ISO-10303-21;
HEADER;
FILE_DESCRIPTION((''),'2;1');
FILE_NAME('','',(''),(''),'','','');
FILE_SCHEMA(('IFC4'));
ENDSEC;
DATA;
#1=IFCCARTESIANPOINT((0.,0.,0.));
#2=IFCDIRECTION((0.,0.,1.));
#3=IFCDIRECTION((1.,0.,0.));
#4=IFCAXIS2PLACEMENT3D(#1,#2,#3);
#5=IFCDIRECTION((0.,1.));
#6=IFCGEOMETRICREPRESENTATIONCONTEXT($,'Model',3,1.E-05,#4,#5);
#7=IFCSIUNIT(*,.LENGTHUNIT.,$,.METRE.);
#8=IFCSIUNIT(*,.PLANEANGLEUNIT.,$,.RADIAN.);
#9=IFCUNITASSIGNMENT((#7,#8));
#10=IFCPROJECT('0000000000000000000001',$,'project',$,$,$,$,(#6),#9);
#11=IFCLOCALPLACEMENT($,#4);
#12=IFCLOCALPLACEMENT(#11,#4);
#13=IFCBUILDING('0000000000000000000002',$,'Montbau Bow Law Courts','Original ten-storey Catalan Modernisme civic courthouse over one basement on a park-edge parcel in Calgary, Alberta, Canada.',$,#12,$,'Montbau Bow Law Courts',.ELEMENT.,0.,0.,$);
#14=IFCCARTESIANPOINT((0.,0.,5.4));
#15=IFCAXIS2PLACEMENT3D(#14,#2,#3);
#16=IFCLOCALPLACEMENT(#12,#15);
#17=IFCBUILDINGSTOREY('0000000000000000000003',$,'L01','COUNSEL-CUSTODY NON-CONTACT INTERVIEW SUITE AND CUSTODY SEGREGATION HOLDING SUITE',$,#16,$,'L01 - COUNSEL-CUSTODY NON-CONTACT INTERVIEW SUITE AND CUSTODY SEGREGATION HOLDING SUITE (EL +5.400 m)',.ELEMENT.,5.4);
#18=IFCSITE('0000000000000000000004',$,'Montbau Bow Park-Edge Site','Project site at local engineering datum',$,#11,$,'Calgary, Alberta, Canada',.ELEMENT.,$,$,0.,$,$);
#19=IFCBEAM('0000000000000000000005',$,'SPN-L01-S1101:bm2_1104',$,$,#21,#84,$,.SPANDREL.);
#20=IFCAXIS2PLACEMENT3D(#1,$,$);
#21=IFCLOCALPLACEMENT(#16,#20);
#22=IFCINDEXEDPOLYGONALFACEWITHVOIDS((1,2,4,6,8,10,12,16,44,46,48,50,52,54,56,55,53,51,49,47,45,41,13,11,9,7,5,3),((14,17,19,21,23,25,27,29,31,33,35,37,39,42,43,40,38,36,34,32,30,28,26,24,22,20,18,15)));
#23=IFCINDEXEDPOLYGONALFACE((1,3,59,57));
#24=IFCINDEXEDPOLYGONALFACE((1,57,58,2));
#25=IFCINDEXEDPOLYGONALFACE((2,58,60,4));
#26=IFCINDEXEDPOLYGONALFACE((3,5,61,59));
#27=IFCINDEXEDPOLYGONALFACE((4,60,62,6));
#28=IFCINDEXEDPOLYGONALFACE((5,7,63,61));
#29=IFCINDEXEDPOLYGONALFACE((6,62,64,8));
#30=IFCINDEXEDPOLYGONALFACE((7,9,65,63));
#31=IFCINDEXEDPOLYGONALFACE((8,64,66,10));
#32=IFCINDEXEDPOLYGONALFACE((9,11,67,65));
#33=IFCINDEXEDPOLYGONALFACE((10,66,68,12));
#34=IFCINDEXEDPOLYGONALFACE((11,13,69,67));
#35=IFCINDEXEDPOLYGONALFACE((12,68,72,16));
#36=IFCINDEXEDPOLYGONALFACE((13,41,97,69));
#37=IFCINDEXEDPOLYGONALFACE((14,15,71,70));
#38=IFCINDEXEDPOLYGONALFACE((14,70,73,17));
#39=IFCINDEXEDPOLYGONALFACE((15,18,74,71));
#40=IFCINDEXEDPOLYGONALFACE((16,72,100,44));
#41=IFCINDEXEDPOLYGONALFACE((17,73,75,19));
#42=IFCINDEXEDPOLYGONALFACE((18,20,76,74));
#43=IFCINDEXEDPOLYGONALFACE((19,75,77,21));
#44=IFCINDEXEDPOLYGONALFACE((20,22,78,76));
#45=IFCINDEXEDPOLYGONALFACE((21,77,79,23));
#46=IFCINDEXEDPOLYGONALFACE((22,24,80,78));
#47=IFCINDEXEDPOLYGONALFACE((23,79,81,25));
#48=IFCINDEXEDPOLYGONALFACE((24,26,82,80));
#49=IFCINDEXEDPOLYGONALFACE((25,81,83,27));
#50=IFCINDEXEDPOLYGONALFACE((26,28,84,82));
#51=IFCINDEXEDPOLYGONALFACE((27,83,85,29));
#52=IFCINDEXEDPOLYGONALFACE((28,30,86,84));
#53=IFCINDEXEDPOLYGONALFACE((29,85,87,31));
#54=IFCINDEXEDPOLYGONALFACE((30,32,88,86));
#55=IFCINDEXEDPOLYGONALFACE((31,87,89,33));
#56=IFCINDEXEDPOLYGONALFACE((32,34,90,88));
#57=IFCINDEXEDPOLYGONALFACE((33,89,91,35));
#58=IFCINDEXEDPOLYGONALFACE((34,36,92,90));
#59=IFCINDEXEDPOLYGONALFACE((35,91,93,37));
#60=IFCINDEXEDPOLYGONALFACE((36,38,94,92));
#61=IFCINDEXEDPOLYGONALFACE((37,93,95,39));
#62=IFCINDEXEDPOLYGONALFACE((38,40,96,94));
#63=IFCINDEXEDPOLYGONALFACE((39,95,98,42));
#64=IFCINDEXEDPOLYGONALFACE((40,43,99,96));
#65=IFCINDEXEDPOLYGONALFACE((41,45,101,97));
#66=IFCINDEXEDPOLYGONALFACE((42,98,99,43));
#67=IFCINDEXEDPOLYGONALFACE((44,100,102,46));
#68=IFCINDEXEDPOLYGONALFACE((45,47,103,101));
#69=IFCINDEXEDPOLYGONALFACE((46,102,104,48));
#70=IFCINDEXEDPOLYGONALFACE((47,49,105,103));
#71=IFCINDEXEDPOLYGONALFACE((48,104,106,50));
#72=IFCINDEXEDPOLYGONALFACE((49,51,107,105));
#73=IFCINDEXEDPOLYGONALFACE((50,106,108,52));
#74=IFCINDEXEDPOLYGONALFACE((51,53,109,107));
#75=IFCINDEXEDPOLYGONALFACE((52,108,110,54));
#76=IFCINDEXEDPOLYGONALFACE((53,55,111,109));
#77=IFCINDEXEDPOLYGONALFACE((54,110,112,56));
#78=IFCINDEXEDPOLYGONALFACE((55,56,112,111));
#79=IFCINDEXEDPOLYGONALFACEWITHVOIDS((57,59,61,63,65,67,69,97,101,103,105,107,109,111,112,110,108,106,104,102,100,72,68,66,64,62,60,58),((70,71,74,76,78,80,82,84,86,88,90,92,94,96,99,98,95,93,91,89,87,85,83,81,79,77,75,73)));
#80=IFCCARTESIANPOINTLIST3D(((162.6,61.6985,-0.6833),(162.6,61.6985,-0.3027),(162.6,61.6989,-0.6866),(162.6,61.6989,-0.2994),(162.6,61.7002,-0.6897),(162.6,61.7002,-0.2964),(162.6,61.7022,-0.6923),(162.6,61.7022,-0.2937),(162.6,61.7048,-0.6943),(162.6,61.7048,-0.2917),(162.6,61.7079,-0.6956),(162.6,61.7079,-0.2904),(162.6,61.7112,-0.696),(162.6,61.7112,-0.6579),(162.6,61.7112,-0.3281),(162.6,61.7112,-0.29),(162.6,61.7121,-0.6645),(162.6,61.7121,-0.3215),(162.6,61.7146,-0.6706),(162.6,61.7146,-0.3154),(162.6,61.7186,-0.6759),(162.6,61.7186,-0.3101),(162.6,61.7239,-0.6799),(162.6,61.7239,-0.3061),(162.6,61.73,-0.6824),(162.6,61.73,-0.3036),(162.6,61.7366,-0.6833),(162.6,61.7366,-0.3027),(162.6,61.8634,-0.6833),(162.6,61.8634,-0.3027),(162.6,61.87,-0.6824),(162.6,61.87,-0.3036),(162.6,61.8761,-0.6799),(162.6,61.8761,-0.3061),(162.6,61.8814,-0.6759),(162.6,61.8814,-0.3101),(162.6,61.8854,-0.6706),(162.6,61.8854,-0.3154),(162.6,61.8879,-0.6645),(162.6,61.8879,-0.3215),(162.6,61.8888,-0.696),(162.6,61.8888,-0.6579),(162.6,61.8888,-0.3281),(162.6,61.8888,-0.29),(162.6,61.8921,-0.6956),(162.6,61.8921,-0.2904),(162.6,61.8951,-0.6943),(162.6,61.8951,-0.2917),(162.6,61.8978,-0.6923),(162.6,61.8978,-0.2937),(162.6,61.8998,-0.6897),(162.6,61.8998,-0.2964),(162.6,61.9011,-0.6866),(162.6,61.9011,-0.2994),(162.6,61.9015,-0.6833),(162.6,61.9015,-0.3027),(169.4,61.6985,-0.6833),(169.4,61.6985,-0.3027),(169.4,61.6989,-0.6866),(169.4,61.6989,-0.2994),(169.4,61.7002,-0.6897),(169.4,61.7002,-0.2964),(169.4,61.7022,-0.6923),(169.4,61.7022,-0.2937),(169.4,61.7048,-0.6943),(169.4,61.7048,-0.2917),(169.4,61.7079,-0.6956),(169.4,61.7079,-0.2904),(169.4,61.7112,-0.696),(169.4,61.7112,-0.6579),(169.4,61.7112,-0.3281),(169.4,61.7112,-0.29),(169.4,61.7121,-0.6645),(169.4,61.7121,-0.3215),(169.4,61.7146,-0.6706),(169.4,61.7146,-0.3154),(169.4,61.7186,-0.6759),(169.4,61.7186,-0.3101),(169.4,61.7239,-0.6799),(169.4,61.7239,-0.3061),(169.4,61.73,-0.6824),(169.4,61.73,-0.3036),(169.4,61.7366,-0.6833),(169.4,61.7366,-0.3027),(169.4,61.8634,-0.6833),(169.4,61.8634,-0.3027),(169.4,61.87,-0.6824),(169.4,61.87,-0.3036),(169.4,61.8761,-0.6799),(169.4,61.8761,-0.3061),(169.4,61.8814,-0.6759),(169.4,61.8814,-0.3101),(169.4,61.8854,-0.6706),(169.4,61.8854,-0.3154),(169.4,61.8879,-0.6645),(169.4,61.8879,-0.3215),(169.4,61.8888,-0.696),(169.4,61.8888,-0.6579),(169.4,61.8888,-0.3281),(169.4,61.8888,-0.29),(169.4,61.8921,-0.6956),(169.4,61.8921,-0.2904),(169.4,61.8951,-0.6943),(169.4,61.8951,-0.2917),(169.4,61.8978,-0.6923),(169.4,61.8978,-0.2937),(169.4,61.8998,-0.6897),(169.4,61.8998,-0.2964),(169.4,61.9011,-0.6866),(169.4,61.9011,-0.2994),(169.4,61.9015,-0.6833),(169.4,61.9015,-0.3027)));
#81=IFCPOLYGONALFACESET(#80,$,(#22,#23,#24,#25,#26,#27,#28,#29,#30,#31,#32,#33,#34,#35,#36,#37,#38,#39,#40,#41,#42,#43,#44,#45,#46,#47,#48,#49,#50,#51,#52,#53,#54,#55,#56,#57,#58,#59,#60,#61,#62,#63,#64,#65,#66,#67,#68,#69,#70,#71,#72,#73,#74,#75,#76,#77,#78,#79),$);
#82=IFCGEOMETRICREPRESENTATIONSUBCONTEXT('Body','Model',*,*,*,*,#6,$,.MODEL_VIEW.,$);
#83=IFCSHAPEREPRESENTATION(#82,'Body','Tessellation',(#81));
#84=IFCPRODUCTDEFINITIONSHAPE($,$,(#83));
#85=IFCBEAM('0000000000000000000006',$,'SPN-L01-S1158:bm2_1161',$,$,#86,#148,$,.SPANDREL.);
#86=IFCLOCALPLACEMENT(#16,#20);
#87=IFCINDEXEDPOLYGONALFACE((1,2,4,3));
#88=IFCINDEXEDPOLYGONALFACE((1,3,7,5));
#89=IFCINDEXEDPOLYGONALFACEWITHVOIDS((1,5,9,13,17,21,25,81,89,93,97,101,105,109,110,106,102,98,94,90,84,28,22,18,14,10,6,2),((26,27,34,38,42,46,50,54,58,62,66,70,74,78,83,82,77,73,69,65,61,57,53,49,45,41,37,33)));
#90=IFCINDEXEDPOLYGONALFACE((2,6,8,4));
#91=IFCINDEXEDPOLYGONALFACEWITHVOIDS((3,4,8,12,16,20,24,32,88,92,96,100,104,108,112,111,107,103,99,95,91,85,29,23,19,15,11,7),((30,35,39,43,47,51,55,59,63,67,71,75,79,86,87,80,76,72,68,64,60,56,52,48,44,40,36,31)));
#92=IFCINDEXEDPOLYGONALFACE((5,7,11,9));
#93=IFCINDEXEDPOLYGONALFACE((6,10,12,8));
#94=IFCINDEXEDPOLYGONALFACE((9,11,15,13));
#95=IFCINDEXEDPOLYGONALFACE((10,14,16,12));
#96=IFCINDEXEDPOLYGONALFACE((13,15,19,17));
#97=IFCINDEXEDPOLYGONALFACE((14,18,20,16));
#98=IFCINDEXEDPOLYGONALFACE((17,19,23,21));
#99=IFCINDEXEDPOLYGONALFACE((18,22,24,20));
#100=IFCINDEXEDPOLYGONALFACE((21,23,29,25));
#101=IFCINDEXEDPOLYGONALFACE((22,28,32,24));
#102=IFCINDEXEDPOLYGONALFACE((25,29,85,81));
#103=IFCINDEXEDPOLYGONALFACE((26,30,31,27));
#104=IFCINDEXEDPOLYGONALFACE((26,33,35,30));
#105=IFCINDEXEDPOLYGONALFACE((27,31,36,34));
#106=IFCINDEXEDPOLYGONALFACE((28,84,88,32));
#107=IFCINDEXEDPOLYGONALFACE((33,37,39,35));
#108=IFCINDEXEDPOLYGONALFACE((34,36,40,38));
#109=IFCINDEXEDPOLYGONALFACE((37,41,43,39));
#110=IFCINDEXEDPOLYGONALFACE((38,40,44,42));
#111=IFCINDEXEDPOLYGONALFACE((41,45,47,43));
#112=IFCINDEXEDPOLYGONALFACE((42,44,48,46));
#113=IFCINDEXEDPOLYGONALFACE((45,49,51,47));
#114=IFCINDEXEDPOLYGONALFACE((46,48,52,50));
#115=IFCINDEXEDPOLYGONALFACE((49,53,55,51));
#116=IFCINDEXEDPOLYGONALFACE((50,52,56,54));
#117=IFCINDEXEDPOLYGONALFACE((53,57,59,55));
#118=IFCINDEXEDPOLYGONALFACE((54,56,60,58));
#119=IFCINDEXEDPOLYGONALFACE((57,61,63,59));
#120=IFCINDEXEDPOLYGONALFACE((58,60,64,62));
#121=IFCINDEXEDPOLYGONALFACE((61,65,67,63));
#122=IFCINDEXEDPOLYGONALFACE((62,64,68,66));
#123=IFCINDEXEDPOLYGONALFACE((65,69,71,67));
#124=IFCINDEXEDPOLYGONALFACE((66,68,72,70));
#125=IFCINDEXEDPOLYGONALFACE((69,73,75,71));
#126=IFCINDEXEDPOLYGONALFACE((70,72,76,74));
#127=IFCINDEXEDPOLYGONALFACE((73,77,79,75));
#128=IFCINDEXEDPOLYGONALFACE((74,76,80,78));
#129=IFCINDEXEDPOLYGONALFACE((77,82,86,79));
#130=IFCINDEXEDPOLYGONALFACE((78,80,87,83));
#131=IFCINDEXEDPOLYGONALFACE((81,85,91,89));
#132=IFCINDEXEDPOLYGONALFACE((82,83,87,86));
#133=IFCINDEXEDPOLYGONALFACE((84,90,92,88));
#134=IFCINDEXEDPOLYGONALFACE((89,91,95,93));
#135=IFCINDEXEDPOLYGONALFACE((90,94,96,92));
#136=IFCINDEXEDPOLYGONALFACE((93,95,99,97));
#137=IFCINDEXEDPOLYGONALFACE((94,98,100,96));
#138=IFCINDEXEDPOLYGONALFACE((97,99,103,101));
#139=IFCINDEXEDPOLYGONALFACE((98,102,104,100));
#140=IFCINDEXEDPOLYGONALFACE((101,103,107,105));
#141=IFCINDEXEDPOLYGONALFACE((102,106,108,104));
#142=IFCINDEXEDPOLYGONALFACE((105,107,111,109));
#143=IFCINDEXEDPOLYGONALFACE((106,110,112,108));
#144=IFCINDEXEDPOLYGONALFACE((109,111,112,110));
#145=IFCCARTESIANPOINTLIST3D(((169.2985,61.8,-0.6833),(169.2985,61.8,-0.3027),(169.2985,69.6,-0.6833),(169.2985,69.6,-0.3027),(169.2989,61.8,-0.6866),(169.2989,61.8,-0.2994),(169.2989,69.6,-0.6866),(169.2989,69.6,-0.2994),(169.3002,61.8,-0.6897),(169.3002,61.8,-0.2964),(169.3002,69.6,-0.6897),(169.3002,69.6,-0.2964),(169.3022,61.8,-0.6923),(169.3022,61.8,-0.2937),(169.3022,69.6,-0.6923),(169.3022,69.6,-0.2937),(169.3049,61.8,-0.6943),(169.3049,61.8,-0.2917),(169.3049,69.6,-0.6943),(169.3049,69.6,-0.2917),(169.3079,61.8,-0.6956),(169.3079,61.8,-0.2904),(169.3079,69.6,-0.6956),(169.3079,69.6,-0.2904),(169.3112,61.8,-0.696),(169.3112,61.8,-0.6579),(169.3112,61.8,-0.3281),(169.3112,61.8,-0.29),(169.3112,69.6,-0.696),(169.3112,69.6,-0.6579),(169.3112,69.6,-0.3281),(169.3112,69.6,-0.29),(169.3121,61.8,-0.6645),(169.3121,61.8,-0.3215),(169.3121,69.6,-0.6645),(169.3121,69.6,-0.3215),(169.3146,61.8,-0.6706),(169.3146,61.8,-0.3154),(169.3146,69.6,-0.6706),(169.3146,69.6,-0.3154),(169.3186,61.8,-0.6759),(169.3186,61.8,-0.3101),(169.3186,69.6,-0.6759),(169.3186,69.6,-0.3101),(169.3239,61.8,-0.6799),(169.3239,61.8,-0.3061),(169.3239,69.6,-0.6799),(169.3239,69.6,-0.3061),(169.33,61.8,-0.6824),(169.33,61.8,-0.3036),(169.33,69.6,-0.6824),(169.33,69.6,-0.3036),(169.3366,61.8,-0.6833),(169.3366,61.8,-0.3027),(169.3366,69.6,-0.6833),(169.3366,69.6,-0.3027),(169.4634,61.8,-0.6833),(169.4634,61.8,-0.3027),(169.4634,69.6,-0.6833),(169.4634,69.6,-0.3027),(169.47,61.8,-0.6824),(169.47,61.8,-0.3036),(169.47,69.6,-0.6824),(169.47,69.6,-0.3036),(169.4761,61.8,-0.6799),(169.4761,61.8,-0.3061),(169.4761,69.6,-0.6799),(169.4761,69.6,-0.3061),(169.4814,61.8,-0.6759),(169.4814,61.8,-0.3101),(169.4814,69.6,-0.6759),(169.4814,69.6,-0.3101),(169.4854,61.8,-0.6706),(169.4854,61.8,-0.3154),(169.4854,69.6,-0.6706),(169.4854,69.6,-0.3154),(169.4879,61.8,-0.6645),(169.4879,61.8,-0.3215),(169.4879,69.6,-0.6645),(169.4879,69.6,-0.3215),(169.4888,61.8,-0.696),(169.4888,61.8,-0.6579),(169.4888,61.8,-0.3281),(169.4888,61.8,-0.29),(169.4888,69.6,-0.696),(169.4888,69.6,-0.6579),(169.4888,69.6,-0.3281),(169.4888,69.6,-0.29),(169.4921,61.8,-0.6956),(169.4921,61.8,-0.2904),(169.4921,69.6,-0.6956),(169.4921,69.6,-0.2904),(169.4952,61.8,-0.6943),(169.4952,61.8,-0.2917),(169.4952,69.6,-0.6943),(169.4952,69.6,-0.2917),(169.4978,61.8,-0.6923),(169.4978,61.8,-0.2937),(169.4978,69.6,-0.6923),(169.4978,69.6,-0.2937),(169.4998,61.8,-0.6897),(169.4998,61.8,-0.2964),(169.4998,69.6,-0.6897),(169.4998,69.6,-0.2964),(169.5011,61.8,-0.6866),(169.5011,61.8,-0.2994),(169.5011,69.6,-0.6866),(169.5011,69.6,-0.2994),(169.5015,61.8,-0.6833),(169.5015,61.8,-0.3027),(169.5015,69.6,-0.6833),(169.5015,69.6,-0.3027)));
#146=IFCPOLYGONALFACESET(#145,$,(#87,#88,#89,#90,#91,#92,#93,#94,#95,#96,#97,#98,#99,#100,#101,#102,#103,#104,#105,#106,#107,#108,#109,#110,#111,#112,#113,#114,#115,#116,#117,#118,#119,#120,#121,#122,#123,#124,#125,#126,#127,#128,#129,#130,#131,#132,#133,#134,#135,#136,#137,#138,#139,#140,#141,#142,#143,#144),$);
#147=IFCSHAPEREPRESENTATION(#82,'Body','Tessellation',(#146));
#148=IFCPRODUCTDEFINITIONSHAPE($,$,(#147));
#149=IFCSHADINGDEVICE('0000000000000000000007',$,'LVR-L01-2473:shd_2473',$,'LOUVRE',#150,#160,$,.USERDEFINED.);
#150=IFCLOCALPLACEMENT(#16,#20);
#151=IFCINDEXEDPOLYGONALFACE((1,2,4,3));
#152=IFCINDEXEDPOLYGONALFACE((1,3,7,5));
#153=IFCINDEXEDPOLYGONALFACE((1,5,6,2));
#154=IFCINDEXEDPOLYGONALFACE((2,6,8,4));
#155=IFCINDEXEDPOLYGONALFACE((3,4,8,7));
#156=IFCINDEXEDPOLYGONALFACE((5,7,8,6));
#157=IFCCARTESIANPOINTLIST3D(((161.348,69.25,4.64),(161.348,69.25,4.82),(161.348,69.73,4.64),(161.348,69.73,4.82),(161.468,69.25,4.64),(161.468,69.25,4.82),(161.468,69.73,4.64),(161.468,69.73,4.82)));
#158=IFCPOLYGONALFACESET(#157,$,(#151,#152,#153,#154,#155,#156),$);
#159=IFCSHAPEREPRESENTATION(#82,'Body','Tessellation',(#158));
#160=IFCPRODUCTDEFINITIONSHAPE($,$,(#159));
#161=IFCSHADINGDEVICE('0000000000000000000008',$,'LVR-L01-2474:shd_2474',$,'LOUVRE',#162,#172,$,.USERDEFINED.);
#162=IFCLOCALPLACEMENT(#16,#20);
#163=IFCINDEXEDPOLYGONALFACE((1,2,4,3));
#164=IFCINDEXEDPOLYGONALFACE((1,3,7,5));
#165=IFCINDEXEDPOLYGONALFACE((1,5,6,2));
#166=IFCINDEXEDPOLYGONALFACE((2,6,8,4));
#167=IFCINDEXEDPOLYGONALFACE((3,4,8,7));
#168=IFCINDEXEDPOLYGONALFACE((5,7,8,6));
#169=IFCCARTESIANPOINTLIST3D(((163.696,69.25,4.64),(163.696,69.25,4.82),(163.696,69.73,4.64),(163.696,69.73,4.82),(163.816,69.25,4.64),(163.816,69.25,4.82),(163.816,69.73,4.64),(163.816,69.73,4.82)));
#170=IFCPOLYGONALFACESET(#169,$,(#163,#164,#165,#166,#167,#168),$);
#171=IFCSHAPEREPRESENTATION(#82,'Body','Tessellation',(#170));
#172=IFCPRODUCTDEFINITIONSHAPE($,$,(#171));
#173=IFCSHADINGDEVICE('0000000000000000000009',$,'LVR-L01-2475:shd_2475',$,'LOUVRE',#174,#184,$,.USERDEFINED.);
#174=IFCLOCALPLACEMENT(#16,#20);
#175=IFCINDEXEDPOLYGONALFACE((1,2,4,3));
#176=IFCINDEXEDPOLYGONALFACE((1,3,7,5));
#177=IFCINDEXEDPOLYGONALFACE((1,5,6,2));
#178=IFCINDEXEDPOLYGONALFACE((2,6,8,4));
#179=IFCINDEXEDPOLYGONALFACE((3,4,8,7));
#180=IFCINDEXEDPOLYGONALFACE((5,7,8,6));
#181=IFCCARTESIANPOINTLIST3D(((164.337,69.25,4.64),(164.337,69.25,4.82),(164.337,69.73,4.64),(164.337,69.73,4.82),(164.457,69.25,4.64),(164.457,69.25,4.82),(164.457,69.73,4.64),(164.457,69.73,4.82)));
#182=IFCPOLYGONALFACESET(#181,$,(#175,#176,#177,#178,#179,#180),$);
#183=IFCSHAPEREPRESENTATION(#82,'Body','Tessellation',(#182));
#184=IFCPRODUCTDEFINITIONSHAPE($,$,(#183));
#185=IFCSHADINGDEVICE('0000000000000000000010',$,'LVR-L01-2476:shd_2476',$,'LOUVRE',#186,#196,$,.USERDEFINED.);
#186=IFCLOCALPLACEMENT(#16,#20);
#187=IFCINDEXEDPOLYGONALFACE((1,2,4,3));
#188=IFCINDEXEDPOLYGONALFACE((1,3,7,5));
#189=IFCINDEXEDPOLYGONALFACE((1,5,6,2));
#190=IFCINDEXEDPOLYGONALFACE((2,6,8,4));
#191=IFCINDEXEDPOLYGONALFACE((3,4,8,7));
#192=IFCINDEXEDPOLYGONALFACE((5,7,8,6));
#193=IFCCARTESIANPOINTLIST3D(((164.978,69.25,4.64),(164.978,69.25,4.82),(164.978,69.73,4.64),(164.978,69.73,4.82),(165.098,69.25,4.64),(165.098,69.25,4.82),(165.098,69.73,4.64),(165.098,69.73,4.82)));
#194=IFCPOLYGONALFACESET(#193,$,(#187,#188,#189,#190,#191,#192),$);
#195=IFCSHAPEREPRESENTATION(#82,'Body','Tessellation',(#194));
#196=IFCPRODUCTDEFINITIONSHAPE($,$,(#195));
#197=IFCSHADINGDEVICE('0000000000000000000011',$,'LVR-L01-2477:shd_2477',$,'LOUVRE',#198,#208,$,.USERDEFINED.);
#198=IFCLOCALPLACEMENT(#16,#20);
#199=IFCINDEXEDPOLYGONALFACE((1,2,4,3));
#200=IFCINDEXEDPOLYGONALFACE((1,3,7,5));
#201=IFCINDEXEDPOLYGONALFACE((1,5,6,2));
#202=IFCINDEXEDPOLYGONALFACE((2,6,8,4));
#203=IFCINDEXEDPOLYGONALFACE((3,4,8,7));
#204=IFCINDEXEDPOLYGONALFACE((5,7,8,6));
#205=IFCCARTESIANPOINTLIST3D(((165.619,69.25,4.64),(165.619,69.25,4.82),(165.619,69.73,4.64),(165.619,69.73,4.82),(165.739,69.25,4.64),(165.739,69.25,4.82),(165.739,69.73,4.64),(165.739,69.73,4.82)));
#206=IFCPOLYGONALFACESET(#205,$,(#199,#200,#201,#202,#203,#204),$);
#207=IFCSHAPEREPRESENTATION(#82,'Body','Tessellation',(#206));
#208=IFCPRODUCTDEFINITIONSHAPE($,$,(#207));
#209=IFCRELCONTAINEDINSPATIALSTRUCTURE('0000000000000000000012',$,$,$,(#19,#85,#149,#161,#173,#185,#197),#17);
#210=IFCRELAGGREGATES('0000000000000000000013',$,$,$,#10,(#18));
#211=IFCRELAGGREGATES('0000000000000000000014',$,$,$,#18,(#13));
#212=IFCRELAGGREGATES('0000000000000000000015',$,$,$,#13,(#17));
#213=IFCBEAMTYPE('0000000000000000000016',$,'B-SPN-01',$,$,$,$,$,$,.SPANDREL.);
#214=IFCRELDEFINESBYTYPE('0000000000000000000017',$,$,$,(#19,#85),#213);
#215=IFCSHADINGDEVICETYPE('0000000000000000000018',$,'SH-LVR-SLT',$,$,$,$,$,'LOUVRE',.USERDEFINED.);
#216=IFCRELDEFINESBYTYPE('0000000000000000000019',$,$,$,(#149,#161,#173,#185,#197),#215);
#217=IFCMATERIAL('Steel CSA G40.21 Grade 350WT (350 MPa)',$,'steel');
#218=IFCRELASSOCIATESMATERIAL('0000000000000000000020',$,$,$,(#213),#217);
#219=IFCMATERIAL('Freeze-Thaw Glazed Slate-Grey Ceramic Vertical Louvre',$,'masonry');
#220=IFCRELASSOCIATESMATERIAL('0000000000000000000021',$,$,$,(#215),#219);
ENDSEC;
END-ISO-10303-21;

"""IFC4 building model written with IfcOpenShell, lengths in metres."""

from ifc_helpers import new_model, si_unit, direction, frame, origin_with_axes, origin_2d_with_axis, place, context, subcontext, project, spatial, rectangle, hollow_rectangle, extrude, material, material_profile, profile_set, type_object, element, save


model = new_model("IFC4")

# Units and contexts
model_context = context("Model", 3, precision=1e-05, world=origin_with_axes(), true_north=direction((0.0, 1.0)))
body_context = subcontext(model_context, "Body", "Model", "MODEL_VIEW")
ifc_project = project(units=[si_unit("LENGTHUNIT", "METRE"), si_unit("PLANEANGLEUNIT", "RADIAN")], contexts=[model_context])

# Site, building, storey
site_placement = place(None, origin_with_axes())
site = spatial("IfcSite", under=ifc_project, at=site_placement, Name="Montbau Bow Park-Edge Site", Description="Project site at local engineering datum", LongName="Calgary, Alberta, Canada", CompositionType="ELEMENT", RefElevation=0.0)
building_placement = place(site_placement, origin_with_axes())
building = spatial("IfcBuilding", under=site, at=building_placement, Name="Montbau Bow Law Courts", Description="Original ten-storey Catalan Modernisme civic courthouse over one basement on a park-edge parcel in Calgary, Alberta, Canada.", LongName="Montbau Bow Law Courts", CompositionType="ELEMENT", ElevationOfRefHeight=0.0, ElevationOfTerrain=0.0)
storey_placement = place(building_placement, frame((0.0, 0.0, 5.4), z_axis=(0.0, 0.0, 1.0), x_axis=(1.0, 0.0, 0.0)))
storey = spatial("IfcBuildingStorey", under=building, at=storey_placement, Name="L01", Description="COUNSEL-CUSTODY NON-CONTACT INTERVIEW SUITE AND CUSTODY SEGREGATION HOLDING SUITE", LongName="L01 - COUNSEL-CUSTODY NON-CONTACT INTERVIEW SUITE AND CUSTODY SEGREGATION HOLDING SUITE (EL +5.400 m)", CompositionType="ELEMENT", Elevation=5.4)

# Beams
ifc_material_1 = material(Name="Steel CSA G40.21 Grade 350WT (350 MPa)", Category="steel")
ifc_material_profile_1 = material_profile(ifc_material_1, hollow_rectangle(XDim=0.203, YDim=0.406, WallThickness=0.0127, InnerFilletRadius=0.0254, OuterFilletRadius=0.0127, at=origin_2d_with_axis()), Name="HSS406X203X13", Category="Main", Priority=0)
ifc_profile_set_1 = profile_set([ifc_material_profile_1], Name="Steel CSA G40.21 Grade 350WT (350 MPa)")
beam_type_1 = type_object("IfcBeamType", Name="B-SPN-01", PredefinedType="SPANDREL", material=ifc_profile_set_1)
beam_1_placement = place(None, frame((162.6, 61.8, 4.907), z_axis=(1.0, 0.0, 0.0), x_axis=(0.0, 1.0, 0.0)))
element("IfcBeam", 1, at=beam_1_placement, inside=storey, type_object=beam_type_1, Name="SPN-L01-S1101:bm2_1104", PredefinedType="SPANDREL", context=body_context, shape_type="SweptSolid", body=[
    extrude(hollow_rectangle(XDim=0.203, YDim=0.406, WallThickness=0.0127, InnerFilletRadius=0.0254, OuterFilletRadius=0.0127, at=origin_2d_with_axis()), origin_with_axes(), (0.0, 0.0, 1.0), 6.8),
])
beam_2_placement = place(None, frame((169.4, 61.8, 4.907), z_axis=(0.0, 1.0, 0.0), x_axis=(-1.0, 0.0, 0.0)))
element("IfcBeam", 2, at=beam_2_placement, inside=storey, type_object=beam_type_1, Name="SPN-L01-S1158:bm2_1161", PredefinedType="SPANDREL", context=body_context, shape_type="SweptSolid", body=[
    extrude(hollow_rectangle(XDim=0.203, YDim=0.406, WallThickness=0.0127, InnerFilletRadius=0.0254, OuterFilletRadius=0.0127, at=origin_2d_with_axis()), origin_with_axes(), (0.0, 0.0, 1.0), 7.8),
])

# Shading devices
ifc_material_2 = material(Name="Freeze-Thaw Glazed Slate-Grey Ceramic Vertical Louvre", Category="masonry")
shading_device_type = type_object("IfcShadingDeviceType", Name="SH-LVR-SLT", ElementType="LOUVRE", PredefinedType="USERDEFINED", material=ifc_material_2)
for number, where, z_axis, x_axis, name in (
    (3, (161.408, 69.49, 10.04), (0.0, 0.0, 1.0), (0.0, -1.0, 0.0), "LVR-L01-2473:shd_2473"),
    (4, (163.756, 69.49, 10.04), (0.0, 0.0, 1.0), (0.0, -1.0, 0.0), "LVR-L01-2474:shd_2474"),
    (5, (164.397, 69.49, 10.04), (0.0, 0.0, 1.0), (0.0, -1.0, 0.0), "LVR-L01-2475:shd_2475"),
    (6, (165.038, 69.49, 10.04), (0.0, 0.0, 1.0), (0.0, -1.0, 0.0), "LVR-L01-2476:shd_2476"),
    (7, (165.679, 69.49, 10.04), (0.0, 0.0, 1.0), (0.0, -1.0, 0.0), "LVR-L01-2477:shd_2477"),
):
    element("IfcShadingDevice", number, at=place(None, frame(where, z_axis=z_axis, x_axis=x_axis)), inside=storey, type_object=shading_device_type, Name=name, ObjectType="LOUVRE", PredefinedType="USERDEFINED", context=body_context, shape_type="SweptSolid", body=[
        extrude(rectangle(XDim=0.48, YDim=0.12, at=origin_2d_with_axis()), origin_with_axes(), (0.0, 0.0, 1.0), 0.18),
    ])

save(model, "model.ifc")
